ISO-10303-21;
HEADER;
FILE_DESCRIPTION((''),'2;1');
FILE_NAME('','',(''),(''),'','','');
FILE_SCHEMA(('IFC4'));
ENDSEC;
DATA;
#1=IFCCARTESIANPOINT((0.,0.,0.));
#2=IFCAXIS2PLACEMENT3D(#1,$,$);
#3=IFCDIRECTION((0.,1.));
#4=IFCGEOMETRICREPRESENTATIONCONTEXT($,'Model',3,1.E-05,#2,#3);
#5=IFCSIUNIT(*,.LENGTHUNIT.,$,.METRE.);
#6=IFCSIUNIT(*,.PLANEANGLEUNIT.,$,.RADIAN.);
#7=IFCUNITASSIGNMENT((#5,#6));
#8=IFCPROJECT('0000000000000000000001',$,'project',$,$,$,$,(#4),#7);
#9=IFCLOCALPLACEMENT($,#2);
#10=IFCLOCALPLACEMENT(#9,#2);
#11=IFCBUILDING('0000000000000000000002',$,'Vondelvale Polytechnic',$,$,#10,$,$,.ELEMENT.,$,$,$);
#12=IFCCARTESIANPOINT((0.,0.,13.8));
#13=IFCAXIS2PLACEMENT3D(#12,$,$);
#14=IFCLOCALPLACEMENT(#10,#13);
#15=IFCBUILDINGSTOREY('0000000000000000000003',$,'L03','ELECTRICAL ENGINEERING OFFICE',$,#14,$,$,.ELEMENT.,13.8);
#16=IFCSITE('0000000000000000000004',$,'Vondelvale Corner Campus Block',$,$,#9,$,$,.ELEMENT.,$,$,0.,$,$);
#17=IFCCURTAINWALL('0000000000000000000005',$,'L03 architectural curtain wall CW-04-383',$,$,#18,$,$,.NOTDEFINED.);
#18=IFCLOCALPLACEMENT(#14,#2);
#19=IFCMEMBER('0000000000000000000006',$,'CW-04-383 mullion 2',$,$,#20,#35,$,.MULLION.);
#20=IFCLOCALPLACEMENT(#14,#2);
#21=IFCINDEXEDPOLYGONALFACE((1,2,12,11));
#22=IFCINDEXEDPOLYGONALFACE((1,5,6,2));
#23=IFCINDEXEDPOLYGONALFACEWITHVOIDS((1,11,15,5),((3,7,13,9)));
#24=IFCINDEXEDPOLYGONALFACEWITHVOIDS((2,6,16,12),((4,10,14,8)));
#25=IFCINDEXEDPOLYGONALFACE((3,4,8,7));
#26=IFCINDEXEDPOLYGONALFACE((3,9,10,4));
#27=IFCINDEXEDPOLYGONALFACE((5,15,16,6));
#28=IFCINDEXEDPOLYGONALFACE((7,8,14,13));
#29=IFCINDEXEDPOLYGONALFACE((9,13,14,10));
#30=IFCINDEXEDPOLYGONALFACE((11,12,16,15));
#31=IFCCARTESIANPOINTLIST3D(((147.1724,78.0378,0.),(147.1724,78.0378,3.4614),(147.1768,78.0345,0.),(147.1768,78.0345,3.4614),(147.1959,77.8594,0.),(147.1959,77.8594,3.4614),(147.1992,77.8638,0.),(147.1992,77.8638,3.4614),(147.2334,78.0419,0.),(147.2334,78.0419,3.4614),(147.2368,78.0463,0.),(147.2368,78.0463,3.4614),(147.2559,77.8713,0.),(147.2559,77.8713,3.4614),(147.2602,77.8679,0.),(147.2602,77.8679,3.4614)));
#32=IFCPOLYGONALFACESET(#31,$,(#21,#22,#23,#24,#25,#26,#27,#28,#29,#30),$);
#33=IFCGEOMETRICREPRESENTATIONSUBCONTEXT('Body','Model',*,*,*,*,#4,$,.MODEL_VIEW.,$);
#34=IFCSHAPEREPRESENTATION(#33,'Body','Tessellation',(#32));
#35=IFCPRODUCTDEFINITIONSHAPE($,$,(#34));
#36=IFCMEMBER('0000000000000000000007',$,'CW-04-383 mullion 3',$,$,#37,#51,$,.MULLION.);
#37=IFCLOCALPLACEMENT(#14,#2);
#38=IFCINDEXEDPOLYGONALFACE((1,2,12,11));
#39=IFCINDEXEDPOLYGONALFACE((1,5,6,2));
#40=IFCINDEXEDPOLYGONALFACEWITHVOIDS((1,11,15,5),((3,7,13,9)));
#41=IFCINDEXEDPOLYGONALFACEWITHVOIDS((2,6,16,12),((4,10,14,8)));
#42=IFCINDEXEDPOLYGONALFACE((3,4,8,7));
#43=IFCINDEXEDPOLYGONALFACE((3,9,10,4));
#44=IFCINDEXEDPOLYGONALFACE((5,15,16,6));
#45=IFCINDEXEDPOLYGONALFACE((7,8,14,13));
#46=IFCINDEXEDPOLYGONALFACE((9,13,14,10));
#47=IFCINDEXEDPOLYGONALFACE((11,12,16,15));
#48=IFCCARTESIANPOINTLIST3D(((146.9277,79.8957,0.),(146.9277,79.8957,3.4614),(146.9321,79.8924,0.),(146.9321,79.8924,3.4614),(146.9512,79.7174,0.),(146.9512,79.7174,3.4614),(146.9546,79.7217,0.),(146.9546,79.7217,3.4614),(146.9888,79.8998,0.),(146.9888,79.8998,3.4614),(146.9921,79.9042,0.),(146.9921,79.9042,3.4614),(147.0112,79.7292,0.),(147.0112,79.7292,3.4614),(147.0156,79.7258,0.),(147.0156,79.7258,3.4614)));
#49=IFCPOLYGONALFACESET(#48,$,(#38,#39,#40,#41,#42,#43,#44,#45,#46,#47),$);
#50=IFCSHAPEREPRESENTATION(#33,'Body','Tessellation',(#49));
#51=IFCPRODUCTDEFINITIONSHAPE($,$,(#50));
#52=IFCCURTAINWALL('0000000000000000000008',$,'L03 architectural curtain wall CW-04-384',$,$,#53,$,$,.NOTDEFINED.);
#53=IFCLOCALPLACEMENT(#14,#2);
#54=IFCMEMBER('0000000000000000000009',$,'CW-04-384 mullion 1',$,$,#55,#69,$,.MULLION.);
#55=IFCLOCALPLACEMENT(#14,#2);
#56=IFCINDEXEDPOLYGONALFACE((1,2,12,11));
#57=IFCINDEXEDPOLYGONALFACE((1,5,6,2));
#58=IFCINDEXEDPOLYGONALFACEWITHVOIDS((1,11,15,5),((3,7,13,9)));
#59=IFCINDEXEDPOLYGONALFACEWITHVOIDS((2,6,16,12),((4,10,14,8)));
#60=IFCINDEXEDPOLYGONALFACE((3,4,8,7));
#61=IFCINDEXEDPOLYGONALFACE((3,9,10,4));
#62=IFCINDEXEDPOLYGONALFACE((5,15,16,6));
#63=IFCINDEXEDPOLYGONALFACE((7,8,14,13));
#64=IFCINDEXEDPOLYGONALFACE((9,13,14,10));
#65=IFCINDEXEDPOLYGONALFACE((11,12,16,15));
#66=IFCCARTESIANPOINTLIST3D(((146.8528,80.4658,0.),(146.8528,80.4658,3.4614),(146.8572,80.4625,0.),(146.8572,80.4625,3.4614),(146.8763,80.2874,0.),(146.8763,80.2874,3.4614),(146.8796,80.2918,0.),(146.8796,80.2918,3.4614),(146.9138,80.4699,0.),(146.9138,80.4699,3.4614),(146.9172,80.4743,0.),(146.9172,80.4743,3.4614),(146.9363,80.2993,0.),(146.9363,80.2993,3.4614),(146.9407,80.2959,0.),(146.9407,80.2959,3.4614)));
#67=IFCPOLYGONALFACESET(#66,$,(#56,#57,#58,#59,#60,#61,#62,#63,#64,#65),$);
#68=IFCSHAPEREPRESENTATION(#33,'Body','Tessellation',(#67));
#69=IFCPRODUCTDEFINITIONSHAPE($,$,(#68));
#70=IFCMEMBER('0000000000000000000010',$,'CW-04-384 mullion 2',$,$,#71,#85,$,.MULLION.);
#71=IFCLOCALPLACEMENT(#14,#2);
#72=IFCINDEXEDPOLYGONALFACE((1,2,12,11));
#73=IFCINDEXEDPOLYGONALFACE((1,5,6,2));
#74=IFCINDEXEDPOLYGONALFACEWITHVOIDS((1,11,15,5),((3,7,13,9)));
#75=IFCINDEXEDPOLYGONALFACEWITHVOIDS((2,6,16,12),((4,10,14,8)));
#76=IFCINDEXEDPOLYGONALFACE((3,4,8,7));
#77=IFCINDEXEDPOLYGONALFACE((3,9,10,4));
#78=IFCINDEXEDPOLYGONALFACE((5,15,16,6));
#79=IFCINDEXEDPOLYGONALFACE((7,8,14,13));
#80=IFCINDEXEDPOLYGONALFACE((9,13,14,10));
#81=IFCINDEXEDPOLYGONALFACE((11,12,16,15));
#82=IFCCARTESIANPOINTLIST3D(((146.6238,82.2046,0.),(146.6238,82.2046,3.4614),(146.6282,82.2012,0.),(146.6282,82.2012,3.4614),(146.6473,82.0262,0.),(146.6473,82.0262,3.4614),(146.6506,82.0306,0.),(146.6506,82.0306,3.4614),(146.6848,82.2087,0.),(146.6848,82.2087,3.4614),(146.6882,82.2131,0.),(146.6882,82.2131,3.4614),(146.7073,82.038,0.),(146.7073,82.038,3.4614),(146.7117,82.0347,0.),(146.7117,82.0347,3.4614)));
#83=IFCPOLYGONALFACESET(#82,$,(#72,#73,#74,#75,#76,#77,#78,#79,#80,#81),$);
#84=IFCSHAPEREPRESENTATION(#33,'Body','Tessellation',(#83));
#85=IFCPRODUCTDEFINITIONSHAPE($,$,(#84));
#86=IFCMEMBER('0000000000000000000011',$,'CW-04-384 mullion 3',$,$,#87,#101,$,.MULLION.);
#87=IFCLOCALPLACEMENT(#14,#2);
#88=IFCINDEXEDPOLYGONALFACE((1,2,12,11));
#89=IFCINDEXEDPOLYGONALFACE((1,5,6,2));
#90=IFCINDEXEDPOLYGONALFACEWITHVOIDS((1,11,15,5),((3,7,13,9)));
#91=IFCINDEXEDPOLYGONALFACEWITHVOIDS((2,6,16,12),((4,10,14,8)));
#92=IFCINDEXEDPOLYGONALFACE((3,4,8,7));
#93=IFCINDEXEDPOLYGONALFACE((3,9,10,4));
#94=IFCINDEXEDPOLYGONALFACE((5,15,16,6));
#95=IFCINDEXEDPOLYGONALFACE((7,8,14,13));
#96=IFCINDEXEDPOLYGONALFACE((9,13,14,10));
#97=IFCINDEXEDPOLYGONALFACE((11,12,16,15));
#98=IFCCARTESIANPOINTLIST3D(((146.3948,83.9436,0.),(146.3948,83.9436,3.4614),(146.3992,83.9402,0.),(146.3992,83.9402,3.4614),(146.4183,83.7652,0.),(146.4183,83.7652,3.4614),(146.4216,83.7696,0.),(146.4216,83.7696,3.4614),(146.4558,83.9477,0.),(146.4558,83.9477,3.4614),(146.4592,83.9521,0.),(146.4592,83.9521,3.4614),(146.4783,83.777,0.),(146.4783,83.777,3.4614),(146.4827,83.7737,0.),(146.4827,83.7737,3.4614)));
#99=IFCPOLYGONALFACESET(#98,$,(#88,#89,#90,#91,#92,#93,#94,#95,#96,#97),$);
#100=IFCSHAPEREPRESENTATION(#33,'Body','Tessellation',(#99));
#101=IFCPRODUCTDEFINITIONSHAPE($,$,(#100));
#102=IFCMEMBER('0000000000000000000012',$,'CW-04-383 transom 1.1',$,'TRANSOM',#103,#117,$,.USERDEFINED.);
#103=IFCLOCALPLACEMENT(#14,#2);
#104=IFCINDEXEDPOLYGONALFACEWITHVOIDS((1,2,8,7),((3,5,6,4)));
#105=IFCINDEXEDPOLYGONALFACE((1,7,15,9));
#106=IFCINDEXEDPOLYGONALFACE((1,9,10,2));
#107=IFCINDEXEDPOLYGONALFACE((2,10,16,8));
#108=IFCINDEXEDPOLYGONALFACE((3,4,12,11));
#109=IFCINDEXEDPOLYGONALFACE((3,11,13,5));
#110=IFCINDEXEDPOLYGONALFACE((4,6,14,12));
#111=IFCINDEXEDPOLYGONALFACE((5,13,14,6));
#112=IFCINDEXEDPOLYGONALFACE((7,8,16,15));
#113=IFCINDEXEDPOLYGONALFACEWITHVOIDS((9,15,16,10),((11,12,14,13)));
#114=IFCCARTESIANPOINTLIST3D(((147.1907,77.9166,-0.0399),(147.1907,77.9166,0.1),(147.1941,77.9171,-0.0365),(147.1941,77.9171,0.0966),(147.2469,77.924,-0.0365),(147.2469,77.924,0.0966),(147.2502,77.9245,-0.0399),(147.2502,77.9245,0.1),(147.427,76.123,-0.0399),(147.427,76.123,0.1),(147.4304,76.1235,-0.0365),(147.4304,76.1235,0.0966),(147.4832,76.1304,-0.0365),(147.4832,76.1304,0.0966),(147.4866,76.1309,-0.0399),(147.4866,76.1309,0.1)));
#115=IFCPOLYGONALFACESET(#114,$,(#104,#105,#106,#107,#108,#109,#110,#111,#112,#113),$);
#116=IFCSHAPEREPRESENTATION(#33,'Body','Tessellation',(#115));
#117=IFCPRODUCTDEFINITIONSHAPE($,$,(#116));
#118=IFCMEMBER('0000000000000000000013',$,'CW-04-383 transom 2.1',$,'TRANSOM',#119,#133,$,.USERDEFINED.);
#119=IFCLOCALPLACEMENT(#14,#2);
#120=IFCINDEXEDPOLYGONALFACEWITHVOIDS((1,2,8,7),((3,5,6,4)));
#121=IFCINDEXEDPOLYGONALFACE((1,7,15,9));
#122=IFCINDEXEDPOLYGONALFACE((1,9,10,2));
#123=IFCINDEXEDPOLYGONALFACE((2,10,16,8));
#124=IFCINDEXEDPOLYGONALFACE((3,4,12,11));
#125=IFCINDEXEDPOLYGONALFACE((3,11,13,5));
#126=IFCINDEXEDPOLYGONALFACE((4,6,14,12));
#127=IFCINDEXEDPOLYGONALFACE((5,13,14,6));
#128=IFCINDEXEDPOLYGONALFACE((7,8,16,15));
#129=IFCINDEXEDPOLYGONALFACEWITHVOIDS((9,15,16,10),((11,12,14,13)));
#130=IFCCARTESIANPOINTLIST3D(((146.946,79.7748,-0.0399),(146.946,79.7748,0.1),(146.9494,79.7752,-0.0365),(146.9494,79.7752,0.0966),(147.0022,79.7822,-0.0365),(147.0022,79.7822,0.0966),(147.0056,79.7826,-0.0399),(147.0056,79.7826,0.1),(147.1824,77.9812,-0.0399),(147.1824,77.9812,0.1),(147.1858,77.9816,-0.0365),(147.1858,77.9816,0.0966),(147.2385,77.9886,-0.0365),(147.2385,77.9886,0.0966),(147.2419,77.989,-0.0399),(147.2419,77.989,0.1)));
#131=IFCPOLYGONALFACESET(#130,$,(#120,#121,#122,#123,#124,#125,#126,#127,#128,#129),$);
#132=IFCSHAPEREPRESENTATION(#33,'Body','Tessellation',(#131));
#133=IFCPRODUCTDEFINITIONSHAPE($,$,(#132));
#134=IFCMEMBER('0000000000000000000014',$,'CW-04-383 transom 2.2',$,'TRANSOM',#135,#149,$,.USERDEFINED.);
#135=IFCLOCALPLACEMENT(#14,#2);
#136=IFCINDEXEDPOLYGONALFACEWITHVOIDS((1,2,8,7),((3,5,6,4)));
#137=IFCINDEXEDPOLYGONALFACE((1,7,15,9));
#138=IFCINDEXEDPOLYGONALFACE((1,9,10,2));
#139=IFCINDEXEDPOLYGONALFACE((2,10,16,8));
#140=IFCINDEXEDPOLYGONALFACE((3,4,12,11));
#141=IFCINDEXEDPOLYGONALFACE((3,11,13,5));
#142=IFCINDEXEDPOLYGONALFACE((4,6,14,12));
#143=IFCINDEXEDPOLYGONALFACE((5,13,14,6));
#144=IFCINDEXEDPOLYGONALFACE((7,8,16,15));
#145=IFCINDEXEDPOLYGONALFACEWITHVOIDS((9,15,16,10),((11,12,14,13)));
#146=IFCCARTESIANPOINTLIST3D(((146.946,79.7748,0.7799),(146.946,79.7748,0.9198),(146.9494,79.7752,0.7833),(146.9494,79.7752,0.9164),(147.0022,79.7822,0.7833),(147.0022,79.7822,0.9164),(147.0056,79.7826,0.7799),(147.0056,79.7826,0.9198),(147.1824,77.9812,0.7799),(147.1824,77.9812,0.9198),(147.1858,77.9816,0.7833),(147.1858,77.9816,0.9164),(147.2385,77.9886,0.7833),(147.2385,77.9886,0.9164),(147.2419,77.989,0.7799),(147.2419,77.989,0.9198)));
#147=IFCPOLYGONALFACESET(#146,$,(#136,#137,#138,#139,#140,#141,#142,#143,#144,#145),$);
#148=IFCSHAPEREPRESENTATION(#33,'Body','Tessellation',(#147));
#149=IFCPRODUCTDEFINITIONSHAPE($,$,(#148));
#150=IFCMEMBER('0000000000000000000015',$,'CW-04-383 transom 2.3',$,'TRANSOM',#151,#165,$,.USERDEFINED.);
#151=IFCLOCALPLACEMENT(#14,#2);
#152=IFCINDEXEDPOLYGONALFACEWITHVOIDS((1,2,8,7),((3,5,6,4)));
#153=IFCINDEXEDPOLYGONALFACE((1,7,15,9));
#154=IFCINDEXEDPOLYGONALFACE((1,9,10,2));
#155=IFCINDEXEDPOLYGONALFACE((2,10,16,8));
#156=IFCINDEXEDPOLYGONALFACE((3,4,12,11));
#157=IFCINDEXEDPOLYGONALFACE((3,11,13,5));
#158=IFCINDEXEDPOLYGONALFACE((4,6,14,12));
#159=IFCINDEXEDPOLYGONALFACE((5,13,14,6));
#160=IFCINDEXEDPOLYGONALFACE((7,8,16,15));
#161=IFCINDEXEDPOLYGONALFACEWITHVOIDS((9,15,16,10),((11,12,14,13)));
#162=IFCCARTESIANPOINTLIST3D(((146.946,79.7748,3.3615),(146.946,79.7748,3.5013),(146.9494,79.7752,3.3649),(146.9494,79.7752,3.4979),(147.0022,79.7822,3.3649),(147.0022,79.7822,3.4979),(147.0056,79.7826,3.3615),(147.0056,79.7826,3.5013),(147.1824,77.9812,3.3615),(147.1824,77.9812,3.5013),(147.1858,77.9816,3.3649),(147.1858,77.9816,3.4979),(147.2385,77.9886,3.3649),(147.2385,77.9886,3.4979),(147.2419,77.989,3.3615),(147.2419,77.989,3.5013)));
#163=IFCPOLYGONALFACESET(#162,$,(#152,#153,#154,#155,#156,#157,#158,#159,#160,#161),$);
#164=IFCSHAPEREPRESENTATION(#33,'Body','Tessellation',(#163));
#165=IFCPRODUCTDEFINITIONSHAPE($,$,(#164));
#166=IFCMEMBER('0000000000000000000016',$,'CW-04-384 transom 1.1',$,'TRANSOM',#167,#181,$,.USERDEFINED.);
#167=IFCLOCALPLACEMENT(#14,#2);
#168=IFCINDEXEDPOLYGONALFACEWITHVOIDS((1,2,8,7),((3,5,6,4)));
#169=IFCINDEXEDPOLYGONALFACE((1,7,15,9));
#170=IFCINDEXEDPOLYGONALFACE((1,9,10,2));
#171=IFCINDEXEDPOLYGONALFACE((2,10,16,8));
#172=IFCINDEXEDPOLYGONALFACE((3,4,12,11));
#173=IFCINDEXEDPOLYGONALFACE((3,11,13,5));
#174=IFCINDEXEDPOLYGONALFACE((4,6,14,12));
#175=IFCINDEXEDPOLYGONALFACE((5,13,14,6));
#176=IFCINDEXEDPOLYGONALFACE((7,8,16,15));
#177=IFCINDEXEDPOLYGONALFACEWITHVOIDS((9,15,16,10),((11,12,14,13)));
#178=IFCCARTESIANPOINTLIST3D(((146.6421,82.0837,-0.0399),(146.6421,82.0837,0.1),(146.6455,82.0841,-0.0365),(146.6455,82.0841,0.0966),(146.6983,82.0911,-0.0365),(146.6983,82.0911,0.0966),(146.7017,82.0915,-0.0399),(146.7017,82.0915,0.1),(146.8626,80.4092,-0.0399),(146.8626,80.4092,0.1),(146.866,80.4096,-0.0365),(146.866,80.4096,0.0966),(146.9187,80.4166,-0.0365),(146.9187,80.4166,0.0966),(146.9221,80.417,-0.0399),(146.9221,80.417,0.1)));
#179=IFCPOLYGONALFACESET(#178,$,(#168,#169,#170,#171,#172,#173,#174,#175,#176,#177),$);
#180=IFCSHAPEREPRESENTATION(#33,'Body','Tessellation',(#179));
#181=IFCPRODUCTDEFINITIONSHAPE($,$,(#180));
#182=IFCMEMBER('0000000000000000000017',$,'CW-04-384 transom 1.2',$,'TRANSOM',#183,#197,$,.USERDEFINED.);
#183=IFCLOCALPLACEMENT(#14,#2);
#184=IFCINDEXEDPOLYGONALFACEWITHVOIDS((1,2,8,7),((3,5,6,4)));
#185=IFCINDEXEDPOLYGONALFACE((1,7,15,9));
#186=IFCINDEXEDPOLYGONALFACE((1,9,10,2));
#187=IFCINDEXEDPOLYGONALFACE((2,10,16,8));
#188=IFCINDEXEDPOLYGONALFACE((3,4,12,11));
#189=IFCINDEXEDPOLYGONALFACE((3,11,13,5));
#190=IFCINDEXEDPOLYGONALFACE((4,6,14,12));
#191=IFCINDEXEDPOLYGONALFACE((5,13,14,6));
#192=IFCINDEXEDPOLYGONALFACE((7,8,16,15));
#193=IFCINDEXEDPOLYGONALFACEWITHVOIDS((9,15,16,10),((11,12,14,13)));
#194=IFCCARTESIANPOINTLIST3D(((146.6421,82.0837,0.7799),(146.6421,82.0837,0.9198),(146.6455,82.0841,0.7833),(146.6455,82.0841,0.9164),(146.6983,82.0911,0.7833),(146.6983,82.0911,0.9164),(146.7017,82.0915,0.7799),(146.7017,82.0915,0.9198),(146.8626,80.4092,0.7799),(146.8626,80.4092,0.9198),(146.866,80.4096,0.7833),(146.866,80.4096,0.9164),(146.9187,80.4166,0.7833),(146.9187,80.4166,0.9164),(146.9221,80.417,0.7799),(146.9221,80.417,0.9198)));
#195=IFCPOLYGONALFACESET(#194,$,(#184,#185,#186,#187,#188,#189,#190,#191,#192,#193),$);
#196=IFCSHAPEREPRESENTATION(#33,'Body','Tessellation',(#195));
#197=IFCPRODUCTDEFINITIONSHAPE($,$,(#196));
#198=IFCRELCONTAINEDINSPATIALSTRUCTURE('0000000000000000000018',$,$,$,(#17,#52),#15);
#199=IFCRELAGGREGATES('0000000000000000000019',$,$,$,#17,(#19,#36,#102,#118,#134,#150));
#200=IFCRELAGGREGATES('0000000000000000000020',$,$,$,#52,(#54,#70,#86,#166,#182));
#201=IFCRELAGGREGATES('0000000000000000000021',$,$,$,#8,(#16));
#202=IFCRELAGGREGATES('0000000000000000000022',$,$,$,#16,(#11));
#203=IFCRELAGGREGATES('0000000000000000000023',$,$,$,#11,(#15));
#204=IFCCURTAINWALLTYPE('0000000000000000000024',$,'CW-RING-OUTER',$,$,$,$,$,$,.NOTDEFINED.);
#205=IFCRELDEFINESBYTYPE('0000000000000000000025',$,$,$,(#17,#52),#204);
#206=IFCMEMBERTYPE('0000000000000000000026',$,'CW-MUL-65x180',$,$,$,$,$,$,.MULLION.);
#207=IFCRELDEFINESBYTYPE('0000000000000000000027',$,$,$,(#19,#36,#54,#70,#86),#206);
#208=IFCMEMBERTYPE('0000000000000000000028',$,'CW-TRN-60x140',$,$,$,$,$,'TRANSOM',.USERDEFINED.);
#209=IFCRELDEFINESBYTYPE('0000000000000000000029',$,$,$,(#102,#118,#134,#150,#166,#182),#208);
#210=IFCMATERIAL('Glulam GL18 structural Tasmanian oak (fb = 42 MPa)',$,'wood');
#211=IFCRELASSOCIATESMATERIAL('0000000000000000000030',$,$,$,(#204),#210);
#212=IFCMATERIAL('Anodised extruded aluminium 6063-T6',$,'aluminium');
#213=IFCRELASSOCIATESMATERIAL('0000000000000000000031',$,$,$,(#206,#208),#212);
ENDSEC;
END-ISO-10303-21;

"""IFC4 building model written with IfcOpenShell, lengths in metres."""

from ifc_helpers import new_model, si_unit, direction, frame, origin, origin_2d, place, context, subcontext, project, spatial, hollow_rectangle, extrude, material, material_profile, profile_set, type_object, element, aggregate, save


model = new_model("IFC4")

# Units and contexts
model_context = context("Model", 3, precision=1e-05, world=origin(), true_north=direction((0.0, 1.0)))
body_context = subcontext(model_context, "Body", "Model", "MODEL_VIEW")
ifc_project = project(units=[si_unit("LENGTHUNIT", "METRE"), si_unit("PLANEANGLEUNIT", "RADIAN")], contexts=[model_context])

# Site, building, storey
site_placement = place(None, origin())
site = spatial("IfcSite", under=ifc_project, at=site_placement, Name="Vondelvale Corner Campus Block", CompositionType="ELEMENT", RefElevation=0.0)
building_placement = place(site_placement, origin())
building = spatial("IfcBuilding", under=site, at=building_placement, Name="Vondelvale Polytechnic", CompositionType="ELEMENT")
storey_placement = place(building_placement, frame((0.0, 0.0, 13.8)))
storey = spatial("IfcBuildingStorey", under=building, at=storey_placement, Name="L03", Description="ELECTRICAL ENGINEERING OFFICE", CompositionType="ELEMENT", Elevation=13.8)

# Curtain walls, members
ifc_material_1 = material(Name="Glulam GL18 structural Tasmanian oak (fb = 42 MPa)", Category="wood")
curtain_wall_type = type_object("IfcCurtainWallType", Name="CW-RING-OUTER", PredefinedType="NOTDEFINED", material=ifc_material_1)
curtain_wall_1_placement = place(storey_placement, origin())
curtain_wall_1 = element("IfcCurtainWall", 1, at=curtain_wall_1_placement, inside=storey, type_object=curtain_wall_type, Name="L03 architectural curtain wall CW-04-383", PredefinedType="NOTDEFINED")
ifc_material_2 = material(Name="Anodised extruded aluminium 6063-T6", Category="aluminium")
ifc_material_profile_1 = material_profile(ifc_material_2, hollow_rectangle(XDim=0.0649, YDim=0.1799, WallThickness=0.0039, at=origin_2d()), Name="CW-MUL-180x65")
ifc_profile_set_1 = profile_set([ifc_material_profile_1], Name="Anodised extruded aluminium 6063-T6")
member_type_1 = type_object("IfcMemberType", Name="CW-MUL-65x180", PredefinedType="MULLION", material=ifc_profile_set_1)
member_1_placement = place(storey_placement, frame((147.2163, 77.9529, 0.0), z_axis=(0.0, 0.0, 1.0), x_axis=(-0.991442, -0.130549, 0.0)))
member_1 = element("IfcMember", 2, at=member_1_placement, type_object=member_type_1, Name="CW-04-383 mullion 2", PredefinedType="MULLION", context=body_context, shape_type="SweptSolid", body=[
    extrude(hollow_rectangle(XDim=0.0649, YDim=0.1799, WallThickness=0.0039, at=origin_2d()), origin(), (0.0, 0.0, 1.0), 3.4614),
])
member_2_placement = place(storey_placement, frame((146.9717, 79.8108, 0.0), z_axis=(0.0, 0.0, 1.0), x_axis=(-0.991442, -0.130549, 0.0)))
member_2 = element("IfcMember", 3, at=member_2_placement, type_object=member_type_1, Name="CW-04-383 mullion 3", PredefinedType="MULLION", context=body_context, shape_type="SweptSolid", body=[
    extrude(hollow_rectangle(XDim=0.0649, YDim=0.1799, WallThickness=0.0039, at=origin_2d()), origin(), (0.0, 0.0, 1.0), 3.4614),
])
curtain_wall_2_placement = place(storey_placement, origin())
curtain_wall_2 = element("IfcCurtainWall", 4, at=curtain_wall_2_placement, inside=storey, type_object=curtain_wall_type, Name="L03 architectural curtain wall CW-04-384", PredefinedType="NOTDEFINED")
member_3_placement = place(storey_placement, frame((146.8967, 80.3809, 0.0), z_axis=(0.0, 0.0, 1.0), x_axis=(-0.991446, -0.130519, 0.0)))
member_3 = element("IfcMember", 5, at=member_3_placement, type_object=member_type_1, Name="CW-04-384 mullion 1", PredefinedType="MULLION", context=body_context, shape_type="SweptSolid", body=[
    extrude(hollow_rectangle(XDim=0.0649, YDim=0.1799, WallThickness=0.0039, at=origin_2d()), origin(), (0.0, 0.0, 1.0), 3.4614),
])
member_4_placement = place(storey_placement, frame((146.6677, 82.1196, 0.0), z_axis=(0.0, 0.0, 1.0), x_axis=(-0.991446, -0.130519, 0.0)))
member_4 = element("IfcMember", 6, at=member_4_placement, type_object=member_type_1, Name="CW-04-384 mullion 2", PredefinedType="MULLION", context=body_context, shape_type="SweptSolid", body=[
    extrude(hollow_rectangle(XDim=0.0649, YDim=0.1799, WallThickness=0.0039, at=origin_2d()), origin(), (0.0, 0.0, 1.0), 3.4614),
])
member_5_placement = place(storey_placement, frame((146.4387, 83.8586, 0.0), z_axis=(0.0, 0.0, 1.0), x_axis=(-0.991446, -0.130519, 0.0)))
member_5 = element("IfcMember", 7, at=member_5_placement, type_object=member_type_1, Name="CW-04-384 mullion 3", PredefinedType="MULLION", context=body_context, shape_type="SweptSolid", body=[
    extrude(hollow_rectangle(XDim=0.0649, YDim=0.1799, WallThickness=0.0039, at=origin_2d()), origin(), (0.0, 0.0, 1.0), 3.4614),
])

# Members
ifc_material_profile_2 = material_profile(ifc_material_2, hollow_rectangle(XDim=0.0601, YDim=0.1399, WallThickness=0.0034, at=origin_2d()), Name="CW-TRN-140x60")
ifc_profile_set_2 = profile_set([ifc_material_profile_2], Name="Anodised extruded aluminium 6063-T6")
member_type_2 = type_object("IfcMemberType", Name="CW-TRN-60x140", ElementType="TRANSOM", PredefinedType="USERDEFINED", material=ifc_profile_set_2)
member_6_placement = place(storey_placement, frame((147.4568, 76.127, 0.03), z_axis=(-0.130626, 0.991432, 0.0), x_axis=(-0.991432, -0.130626, 0.0)))
member_6 = element("IfcMember", 8, at=member_6_placement, type_object=member_type_2, Name="CW-04-383 transom 1.1", ObjectType="TRANSOM", PredefinedType="USERDEFINED", context=body_context, shape_type="SweptSolid", body=[
    extrude(hollow_rectangle(XDim=0.0601, YDim=0.1399, WallThickness=0.0034, at=origin_2d()), origin(), (0.0, 0.0, 1.0), 1.8091),
])
member_7_placement = place(storey_placement, frame((147.2122, 77.9851, 0.03), z_axis=(-0.130643, 0.991429, 0.0), x_axis=(-0.991429, -0.130643, 0.0)))
member_7 = element("IfcMember", 9, at=member_7_placement, type_object=member_type_2, Name="CW-04-383 transom 2.1", ObjectType="TRANSOM", PredefinedType="USERDEFINED", context=body_context, shape_type="SweptSolid", body=[
    extrude(hollow_rectangle(XDim=0.0601, YDim=0.1399, WallThickness=0.0034, at=origin_2d()), origin(), (0.0, 0.0, 1.0), 1.8091),
])
member_8_placement = place(storey_placement, frame((147.2122, 77.9851, 0.8499), z_axis=(-0.130643, 0.991429, 0.0), x_axis=(-0.991429, -0.130643, 0.0)))
member_8 = element("IfcMember", 10, at=member_8_placement, type_object=member_type_2, Name="CW-04-383 transom 2.2", ObjectType="TRANSOM", PredefinedType="USERDEFINED", context=body_context, shape_type="SweptSolid", body=[
    extrude(hollow_rectangle(XDim=0.0601, YDim=0.1399, WallThickness=0.0034, at=origin_2d()), origin(), (0.0, 0.0, 1.0), 1.8091),
])
member_9_placement = place(storey_placement, frame((147.2122, 77.9851, 3.4314), z_axis=(-0.130643, 0.991429, 0.0), x_axis=(-0.991429, -0.130643, 0.0)))
member_9 = element("IfcMember", 11, at=member_9_placement, type_object=member_type_2, Name="CW-04-383 transom 2.3", ObjectType="TRANSOM", PredefinedType="USERDEFINED", context=body_context, shape_type="SweptSolid", body=[
    extrude(hollow_rectangle(XDim=0.0601, YDim=0.1399, WallThickness=0.0034, at=origin_2d()), origin(), (0.0, 0.0, 1.0), 1.8091),
])
member_10_placement = place(storey_placement, frame((146.8923, 80.4131, 0.03), z_axis=(-0.130526, 0.991445, 0.0), x_axis=(-0.991445, -0.130526, 0.0)))
member_10 = element("IfcMember", 12, at=member_10_placement, type_object=member_type_2, Name="CW-04-384 transom 1.1", ObjectType="TRANSOM", PredefinedType="USERDEFINED", context=body_context, shape_type="SweptSolid", body=[
    extrude(hollow_rectangle(XDim=0.0601, YDim=0.1399, WallThickness=0.0034, at=origin_2d()), origin(), (0.0, 0.0, 1.0), 1.689),
])
member_11_placement = place(storey_placement, frame((146.8923, 80.4131, 0.8499), z_axis=(-0.130526, 0.991445, 0.0), x_axis=(-0.991445, -0.130526, 0.0)))
member_11 = element("IfcMember", 13, at=member_11_placement, type_object=member_type_2, Name="CW-04-384 transom 1.2", ObjectType="TRANSOM", PredefinedType="USERDEFINED", context=body_context, shape_type="SweptSolid", body=[
    extrude(hollow_rectangle(XDim=0.0601, YDim=0.1399, WallThickness=0.0034, at=origin_2d()), origin(), (0.0, 0.0, 1.0), 1.689),
])

aggregate(curtain_wall_1, [member_1, member_2, member_6, member_7, member_8, member_9])
aggregate(curtain_wall_2, [member_3, member_4, member_5, member_10, member_11])

save(model, "model.ifc")
